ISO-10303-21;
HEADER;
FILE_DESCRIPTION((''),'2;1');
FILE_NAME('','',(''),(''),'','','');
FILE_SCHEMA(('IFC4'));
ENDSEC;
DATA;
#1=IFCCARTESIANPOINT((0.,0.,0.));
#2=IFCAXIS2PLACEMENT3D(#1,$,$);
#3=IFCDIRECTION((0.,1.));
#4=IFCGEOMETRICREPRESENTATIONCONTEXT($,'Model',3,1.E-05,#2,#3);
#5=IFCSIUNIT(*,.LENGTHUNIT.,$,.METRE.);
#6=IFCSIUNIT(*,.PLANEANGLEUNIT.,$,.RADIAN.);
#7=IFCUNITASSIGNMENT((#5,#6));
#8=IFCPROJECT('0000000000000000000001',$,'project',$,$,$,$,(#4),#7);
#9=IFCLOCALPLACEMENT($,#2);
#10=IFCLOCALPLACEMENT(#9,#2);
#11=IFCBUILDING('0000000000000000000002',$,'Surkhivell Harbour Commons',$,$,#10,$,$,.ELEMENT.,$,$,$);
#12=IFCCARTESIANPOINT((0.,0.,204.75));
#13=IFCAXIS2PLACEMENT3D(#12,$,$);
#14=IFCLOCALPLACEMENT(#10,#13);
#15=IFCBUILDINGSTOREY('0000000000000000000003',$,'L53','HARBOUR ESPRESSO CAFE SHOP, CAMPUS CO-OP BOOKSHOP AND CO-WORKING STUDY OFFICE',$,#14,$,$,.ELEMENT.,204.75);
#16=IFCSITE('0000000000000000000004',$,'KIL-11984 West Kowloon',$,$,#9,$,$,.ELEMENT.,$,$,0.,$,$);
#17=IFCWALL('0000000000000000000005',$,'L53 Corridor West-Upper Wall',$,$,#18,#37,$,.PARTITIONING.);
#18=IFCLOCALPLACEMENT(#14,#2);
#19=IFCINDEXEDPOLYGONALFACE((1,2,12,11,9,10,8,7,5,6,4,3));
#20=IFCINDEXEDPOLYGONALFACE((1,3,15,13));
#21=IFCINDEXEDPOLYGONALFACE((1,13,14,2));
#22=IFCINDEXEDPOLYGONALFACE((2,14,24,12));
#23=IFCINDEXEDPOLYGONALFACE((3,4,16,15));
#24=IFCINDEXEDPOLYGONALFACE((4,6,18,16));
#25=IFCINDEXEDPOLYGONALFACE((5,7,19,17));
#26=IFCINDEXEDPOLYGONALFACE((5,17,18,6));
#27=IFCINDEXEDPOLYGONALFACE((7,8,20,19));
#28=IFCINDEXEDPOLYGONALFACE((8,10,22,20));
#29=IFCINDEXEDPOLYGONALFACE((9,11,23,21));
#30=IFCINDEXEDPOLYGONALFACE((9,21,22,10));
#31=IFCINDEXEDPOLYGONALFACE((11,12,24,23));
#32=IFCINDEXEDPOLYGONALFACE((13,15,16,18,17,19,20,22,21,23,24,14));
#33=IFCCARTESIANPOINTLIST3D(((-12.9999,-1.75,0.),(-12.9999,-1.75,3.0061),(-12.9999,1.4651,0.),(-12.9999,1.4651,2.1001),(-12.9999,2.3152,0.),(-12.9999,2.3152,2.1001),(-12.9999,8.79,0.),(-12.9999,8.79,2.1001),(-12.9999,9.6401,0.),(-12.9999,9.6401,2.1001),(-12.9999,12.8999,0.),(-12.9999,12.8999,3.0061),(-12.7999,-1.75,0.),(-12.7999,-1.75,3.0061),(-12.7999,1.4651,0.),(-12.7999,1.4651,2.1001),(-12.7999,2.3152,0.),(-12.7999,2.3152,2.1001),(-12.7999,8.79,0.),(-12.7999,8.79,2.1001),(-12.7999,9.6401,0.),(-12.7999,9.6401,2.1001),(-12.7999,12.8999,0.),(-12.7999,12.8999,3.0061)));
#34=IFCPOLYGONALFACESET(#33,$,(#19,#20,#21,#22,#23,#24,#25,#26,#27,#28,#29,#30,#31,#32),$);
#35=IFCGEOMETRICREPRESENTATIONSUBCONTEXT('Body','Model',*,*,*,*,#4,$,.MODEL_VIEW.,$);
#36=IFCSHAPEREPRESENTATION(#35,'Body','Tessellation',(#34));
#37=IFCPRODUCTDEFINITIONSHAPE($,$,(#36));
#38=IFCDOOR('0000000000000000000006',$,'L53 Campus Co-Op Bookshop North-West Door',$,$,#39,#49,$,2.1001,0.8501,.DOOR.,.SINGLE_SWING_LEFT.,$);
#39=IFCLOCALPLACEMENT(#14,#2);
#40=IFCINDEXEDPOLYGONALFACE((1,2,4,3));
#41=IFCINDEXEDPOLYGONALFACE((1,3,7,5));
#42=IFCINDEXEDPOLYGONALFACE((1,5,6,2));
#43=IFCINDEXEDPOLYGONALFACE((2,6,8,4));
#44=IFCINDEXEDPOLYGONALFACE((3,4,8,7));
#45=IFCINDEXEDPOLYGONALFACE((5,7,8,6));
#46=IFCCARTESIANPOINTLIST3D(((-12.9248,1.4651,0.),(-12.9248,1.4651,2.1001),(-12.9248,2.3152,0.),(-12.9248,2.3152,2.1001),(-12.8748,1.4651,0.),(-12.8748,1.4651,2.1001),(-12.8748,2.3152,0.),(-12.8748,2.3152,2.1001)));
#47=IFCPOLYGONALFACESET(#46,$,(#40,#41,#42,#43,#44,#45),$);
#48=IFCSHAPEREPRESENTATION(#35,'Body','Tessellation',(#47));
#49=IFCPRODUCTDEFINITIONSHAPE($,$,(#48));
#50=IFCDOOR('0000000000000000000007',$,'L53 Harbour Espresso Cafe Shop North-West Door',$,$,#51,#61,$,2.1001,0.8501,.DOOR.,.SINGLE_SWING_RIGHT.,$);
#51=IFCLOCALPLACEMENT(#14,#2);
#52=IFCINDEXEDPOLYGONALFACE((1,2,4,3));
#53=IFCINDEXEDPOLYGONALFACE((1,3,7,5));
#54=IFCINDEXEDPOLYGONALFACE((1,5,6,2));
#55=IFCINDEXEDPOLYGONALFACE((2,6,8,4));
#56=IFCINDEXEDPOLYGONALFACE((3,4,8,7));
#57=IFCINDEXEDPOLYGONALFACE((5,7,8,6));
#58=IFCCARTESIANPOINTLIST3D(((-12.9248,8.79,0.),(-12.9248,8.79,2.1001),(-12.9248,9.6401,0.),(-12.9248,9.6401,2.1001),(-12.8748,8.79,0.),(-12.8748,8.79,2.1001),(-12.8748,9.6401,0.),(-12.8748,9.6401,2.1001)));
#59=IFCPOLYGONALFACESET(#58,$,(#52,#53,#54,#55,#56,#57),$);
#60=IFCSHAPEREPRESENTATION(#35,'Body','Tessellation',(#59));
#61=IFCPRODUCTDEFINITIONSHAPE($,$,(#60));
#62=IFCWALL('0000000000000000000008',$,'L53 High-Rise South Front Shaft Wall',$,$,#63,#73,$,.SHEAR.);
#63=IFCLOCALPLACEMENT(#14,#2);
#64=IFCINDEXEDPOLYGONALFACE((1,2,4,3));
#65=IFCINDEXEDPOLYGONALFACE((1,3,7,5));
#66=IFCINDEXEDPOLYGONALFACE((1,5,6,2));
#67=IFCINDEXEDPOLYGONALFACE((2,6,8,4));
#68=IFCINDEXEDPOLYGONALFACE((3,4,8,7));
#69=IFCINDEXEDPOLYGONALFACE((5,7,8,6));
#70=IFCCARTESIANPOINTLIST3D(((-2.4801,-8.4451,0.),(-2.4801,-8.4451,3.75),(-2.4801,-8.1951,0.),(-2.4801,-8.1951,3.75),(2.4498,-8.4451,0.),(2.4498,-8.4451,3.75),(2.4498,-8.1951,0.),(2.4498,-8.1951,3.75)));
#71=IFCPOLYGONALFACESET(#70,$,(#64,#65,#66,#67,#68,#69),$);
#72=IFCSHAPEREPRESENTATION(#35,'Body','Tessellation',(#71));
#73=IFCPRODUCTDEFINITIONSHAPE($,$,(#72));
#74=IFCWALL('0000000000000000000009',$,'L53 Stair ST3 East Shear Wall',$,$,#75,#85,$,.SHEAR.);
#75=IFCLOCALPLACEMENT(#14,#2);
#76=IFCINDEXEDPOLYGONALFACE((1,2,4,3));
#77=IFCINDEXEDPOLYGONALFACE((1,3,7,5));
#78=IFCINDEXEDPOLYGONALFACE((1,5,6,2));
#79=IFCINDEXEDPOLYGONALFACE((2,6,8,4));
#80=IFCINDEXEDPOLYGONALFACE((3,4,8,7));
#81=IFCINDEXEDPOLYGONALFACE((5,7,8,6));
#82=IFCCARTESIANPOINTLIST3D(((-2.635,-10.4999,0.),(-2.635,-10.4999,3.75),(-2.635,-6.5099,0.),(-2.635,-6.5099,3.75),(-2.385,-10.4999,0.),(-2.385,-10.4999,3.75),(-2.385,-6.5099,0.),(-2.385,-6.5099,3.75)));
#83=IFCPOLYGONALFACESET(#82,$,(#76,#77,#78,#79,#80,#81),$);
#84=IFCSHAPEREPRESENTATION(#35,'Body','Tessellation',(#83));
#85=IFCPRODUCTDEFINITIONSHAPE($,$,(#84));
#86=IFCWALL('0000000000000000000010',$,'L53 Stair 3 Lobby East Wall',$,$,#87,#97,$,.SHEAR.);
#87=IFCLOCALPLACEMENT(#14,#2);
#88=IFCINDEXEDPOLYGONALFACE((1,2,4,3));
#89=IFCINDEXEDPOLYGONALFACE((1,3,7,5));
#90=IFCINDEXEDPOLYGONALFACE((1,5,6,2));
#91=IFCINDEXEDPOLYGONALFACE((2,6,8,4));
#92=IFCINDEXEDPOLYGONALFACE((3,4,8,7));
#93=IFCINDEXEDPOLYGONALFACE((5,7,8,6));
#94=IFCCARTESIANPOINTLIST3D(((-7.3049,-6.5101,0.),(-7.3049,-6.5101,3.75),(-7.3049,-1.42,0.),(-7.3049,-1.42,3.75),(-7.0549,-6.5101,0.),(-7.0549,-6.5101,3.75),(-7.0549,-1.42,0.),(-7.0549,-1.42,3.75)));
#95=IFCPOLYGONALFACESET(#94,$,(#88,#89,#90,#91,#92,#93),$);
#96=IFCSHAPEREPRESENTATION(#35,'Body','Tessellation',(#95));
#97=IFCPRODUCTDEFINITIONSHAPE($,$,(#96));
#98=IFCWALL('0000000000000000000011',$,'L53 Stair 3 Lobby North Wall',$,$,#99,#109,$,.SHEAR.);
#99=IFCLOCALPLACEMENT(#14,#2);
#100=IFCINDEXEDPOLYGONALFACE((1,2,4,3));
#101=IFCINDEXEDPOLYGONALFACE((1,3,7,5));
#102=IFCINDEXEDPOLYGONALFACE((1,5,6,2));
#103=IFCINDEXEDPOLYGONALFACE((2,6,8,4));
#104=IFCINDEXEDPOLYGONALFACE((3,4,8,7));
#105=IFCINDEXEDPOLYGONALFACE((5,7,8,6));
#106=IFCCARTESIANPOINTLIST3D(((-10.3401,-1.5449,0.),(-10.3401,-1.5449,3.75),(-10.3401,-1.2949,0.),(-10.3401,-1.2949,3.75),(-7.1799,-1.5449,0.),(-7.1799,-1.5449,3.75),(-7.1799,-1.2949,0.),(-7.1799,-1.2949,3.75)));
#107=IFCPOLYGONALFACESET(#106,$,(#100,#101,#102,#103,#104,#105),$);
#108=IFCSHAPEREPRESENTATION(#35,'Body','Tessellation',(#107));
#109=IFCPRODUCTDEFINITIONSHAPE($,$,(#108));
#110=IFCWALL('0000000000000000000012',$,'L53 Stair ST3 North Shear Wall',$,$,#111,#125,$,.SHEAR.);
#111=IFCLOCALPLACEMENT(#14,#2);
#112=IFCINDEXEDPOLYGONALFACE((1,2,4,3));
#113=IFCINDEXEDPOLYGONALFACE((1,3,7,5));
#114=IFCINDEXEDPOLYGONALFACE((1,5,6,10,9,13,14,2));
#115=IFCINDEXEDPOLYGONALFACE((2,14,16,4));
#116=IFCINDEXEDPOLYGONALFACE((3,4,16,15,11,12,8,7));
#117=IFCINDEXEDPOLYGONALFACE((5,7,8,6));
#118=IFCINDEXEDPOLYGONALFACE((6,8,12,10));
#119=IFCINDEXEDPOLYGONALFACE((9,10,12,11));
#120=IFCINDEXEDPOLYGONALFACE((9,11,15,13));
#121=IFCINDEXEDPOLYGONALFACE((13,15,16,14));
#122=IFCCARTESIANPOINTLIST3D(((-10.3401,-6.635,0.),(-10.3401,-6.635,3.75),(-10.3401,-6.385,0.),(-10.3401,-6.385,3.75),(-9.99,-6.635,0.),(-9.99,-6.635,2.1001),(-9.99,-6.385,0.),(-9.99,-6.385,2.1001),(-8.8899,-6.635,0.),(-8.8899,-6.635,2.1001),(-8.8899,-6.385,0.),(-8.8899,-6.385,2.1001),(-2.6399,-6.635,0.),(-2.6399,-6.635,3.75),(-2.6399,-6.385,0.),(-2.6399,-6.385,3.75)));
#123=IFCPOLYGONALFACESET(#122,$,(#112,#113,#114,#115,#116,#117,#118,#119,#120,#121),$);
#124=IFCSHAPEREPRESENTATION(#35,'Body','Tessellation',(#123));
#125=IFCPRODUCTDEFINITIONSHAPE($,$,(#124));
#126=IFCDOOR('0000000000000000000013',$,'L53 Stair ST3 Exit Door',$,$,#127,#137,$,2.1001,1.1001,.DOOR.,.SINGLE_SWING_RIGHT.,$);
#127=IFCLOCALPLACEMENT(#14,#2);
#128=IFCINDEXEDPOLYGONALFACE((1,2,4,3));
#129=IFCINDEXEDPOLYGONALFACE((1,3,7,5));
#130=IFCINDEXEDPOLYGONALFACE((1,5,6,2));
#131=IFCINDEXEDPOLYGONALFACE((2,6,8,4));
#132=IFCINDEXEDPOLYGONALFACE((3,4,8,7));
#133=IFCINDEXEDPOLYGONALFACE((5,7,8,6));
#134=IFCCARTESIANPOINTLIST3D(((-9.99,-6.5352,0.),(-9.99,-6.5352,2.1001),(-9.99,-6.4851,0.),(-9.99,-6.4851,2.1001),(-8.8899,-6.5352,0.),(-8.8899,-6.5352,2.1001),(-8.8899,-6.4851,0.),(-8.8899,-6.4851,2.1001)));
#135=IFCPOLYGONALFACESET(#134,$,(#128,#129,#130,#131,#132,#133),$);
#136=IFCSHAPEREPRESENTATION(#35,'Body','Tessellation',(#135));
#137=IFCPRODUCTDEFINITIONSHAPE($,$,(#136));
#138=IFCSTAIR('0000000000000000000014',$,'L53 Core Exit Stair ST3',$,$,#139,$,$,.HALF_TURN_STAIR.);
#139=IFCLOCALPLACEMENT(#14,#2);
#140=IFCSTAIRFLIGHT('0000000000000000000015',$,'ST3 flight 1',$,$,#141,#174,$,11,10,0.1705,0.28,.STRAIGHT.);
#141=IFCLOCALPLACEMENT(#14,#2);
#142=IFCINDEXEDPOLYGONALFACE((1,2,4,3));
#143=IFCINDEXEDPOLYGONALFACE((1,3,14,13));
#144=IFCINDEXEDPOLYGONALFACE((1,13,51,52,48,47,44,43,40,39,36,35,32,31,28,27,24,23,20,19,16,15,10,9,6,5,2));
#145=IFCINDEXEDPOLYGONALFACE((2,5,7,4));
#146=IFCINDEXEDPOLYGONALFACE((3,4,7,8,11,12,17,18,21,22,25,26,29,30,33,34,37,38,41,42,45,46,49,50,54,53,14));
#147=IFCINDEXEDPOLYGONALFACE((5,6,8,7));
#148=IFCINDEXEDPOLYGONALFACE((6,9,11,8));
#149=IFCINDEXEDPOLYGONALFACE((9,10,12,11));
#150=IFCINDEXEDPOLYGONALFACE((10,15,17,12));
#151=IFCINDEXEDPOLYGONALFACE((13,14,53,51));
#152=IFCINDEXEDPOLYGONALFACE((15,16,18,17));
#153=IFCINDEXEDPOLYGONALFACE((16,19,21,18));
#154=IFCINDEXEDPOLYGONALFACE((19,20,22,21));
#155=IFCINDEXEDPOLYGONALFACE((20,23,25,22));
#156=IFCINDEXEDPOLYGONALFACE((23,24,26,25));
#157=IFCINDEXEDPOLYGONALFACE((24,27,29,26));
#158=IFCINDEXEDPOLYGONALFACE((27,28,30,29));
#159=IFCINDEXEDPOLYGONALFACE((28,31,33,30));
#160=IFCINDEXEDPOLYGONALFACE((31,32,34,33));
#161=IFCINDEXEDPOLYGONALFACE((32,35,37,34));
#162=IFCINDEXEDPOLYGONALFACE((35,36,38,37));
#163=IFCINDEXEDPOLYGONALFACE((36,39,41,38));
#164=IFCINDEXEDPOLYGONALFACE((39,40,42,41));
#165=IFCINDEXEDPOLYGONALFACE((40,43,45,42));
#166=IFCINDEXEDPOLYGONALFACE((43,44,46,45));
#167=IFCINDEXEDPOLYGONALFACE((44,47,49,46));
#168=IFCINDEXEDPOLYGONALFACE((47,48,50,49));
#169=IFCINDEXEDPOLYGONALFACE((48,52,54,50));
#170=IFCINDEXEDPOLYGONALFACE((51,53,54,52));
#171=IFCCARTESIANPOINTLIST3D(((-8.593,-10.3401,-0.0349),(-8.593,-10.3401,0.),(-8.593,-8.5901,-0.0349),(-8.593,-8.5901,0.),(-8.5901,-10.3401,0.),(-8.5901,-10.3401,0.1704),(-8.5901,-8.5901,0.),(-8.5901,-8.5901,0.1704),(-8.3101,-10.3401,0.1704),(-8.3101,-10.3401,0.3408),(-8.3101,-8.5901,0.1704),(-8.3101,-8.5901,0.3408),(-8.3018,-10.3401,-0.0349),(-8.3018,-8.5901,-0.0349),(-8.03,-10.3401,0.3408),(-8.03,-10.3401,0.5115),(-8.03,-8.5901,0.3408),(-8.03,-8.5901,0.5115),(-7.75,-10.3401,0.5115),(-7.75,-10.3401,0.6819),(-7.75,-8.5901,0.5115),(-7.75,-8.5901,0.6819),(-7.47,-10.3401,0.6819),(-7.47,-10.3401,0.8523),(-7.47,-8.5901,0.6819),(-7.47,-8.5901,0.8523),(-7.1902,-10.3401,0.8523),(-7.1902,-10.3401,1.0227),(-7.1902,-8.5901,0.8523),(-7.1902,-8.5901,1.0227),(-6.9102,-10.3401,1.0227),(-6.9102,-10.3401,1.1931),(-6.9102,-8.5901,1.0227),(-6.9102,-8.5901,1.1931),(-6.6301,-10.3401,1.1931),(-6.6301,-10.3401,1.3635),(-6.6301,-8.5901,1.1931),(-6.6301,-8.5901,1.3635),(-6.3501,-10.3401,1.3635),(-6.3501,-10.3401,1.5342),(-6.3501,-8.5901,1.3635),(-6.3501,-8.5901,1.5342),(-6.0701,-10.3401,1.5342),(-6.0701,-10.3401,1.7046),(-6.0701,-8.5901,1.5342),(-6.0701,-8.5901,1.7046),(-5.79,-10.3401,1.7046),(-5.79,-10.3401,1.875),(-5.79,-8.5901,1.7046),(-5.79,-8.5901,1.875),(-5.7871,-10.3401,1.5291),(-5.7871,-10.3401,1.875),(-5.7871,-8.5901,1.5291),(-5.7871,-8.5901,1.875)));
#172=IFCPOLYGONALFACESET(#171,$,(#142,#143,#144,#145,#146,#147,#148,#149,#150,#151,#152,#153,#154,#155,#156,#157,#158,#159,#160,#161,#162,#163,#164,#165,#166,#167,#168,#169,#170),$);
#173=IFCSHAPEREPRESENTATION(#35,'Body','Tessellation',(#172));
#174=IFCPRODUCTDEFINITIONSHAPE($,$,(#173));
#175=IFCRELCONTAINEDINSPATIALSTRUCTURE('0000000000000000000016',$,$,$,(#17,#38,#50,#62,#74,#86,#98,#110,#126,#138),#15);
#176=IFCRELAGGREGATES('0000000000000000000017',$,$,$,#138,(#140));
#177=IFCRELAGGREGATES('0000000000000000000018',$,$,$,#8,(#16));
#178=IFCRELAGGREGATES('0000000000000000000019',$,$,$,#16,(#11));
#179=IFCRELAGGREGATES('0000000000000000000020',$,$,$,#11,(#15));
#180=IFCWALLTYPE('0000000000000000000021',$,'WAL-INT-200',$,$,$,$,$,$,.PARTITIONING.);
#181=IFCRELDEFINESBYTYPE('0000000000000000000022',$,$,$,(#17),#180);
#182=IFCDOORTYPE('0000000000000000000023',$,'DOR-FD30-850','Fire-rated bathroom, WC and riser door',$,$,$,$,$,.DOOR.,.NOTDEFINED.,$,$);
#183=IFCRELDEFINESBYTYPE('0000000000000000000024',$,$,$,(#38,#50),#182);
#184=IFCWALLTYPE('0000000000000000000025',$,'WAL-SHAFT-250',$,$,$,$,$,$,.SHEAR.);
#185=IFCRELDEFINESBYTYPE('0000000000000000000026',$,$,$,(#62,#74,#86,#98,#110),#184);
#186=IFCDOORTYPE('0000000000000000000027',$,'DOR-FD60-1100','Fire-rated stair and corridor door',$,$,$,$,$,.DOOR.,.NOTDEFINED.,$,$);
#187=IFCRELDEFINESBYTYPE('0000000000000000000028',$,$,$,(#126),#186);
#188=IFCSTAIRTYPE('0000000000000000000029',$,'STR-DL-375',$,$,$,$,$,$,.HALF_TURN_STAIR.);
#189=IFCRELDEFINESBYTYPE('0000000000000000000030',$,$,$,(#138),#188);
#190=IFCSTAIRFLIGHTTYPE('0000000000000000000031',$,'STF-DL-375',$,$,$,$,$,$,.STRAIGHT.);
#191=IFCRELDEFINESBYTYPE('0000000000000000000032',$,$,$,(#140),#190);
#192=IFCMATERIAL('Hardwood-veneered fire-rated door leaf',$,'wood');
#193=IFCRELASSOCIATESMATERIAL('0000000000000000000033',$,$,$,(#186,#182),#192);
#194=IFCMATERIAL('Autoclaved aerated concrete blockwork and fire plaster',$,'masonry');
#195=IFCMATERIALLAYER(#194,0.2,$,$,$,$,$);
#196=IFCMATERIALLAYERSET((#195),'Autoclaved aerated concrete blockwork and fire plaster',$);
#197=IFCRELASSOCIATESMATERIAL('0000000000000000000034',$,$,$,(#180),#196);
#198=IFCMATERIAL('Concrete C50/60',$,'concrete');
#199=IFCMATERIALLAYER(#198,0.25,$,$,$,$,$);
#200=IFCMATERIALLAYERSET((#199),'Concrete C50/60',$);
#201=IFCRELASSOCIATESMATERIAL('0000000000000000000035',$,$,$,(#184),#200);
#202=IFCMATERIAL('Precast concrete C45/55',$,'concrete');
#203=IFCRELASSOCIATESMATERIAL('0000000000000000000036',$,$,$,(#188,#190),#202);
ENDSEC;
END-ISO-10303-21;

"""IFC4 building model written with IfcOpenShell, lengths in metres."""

from ifc_helpers import new_model, si_unit, direction, frame, frame_2d, origin, place, context, subcontext, project, spatial, polyline, rectangle, outline, extrude, material, layer, layer_set, type_object, element, fill, aggregate, save


model = new_model("IFC4")

# Units and contexts
model_context = context("Model", 3, precision=1e-05, world=origin(), true_north=direction((0.0, 1.0)))
body_context = subcontext(model_context, "Body", "Model", "MODEL_VIEW")
ifc_project = project(units=[si_unit("LENGTHUNIT", "METRE"), si_unit("PLANEANGLEUNIT", "RADIAN")], contexts=[model_context])

# Site, building, storey
site_placement = place(None, origin())
site = spatial("IfcSite", under=ifc_project, at=site_placement, Name="KIL-11984 West Kowloon", CompositionType="ELEMENT", RefElevation=0.0)
building_placement = place(site_placement, origin())
building = spatial("IfcBuilding", under=site, at=building_placement, Name="Surkhivell Harbour Commons", CompositionType="ELEMENT")
storey_placement = place(building_placement, frame((0.0, 0.0, 204.75)))
storey = spatial("IfcBuildingStorey", under=building, at=storey_placement, Name="L53", Description="HARBOUR ESPRESSO CAFE SHOP, CAMPUS CO-OP BOOKSHOP AND CO-WORKING STUDY OFFICE", CompositionType="ELEMENT", Elevation=204.75)

# Shared definitions
ifc_material_1 = material(Name="Hardwood-veneered fire-rated door leaf", Category="wood")
door_type_1 = type_object("IfcDoorType", Name="DOR-FD60-1100", Description="Fire-rated stair and corridor door", OperationType="NOTDEFINED", PredefinedType="DOOR", material=ifc_material_1)

# Shared definitions
door_type_2 = type_object("IfcDoorType", Name="DOR-FD30-850", Description="Fire-rated bathroom, WC and riser door", OperationType="NOTDEFINED", PredefinedType="DOOR", material=ifc_material_1)

# Wall, openings, doors
ifc_material_2 = material(Name="Autoclaved aerated concrete blockwork and fire plaster", Category="masonry")
ifc_layer_1 = layer(ifc_material_2, 0.2)
ifc_layer_set_1 = layer_set([ifc_layer_1], Name="Autoclaved aerated concrete blockwork and fire plaster")
wall_type_1 = type_object("IfcWallType", Name="WAL-INT-200", PredefinedType="PARTITIONING", material=ifc_layer_set_1)
wall_1_placement = place(storey_placement, frame((-12.8999, -1.75, 0.0), z_axis=(0.0, 0.0, 1.0), x_axis=(0.0, 1.0, 0.0)))
wall_1 = element("IfcWall", 1, at=wall_1_placement, inside=storey, type_object=wall_type_1, Name="L53 Corridor West-Upper Wall", PredefinedType="PARTITIONING", context=body_context, shape_type="SweptSolid", body=[
    extrude(rectangle(XDim=14.6499, YDim=0.2, at=frame_2d((7.325, 0.0))), origin(), (0.0, 0.0, 1.0), 3.0061),
])
opening_1_placement = place(wall_1_placement, frame((3.2151, 0.0, 0.0)))
opening_1 = element("IfcOpeningElement", 2, at=opening_1_placement, cuts=wall_1, PredefinedType="OPENING", context=body_context, shape_type="SweptSolid", body=[
    extrude(rectangle(XDim=0.8501, YDim=2.1001, at=frame_2d((0.425, 1.05))), frame((0.0, 0.1099, 0.0), z_axis=(0.0, -1.0, 0.0), x_axis=(1.0, 0.0, 0.0)), (0.0, 0.0, 1.0), 0.22),
])
opening_2_placement = place(wall_1_placement, frame((10.54, 0.0, 0.0)))
opening_2 = element("IfcOpeningElement", 3, at=opening_2_placement, cuts=wall_1, PredefinedType="OPENING", context=body_context, shape_type="SweptSolid", body=[
    extrude(rectangle(XDim=0.8501, YDim=2.1001, at=frame_2d((0.425, 1.05))), frame((0.0, 0.1099, 0.0), z_axis=(0.0, -1.0, 0.0), x_axis=(1.0, 0.0, 0.0)), (0.0, 0.0, 1.0), 0.22),
])
door_1_placement = place(opening_1_placement, origin())
door_1 = element("IfcDoor", 4, at=door_1_placement, inside=storey, type_object=door_type_2, Name="L53 Campus Co-Op Bookshop North-West Door", OperationType="SINGLE_SWING_LEFT", OverallHeight=2.1001, OverallWidth=0.8501, PredefinedType="DOOR", context=body_context, shape_type="SweptSolid", body=[
    extrude(rectangle(XDim=0.8501, YDim=2.1001, at=frame_2d((0.425, 1.05))), frame((0.0, 0.0249, 0.0), z_axis=(0.0, -1.0, 0.0), x_axis=(1.0, 0.0, 0.0)), (0.0, 0.0, 1.0), 0.05),
])
fill(opening_1, door_1)
door_2_placement = place(opening_2_placement, origin())
door_2 = element("IfcDoor", 5, at=door_2_placement, inside=storey, type_object=door_type_2, Name="L53 Harbour Espresso Cafe Shop North-West Door", OperationType="SINGLE_SWING_RIGHT", OverallHeight=2.1001, OverallWidth=0.8501, PredefinedType="DOOR", context=body_context, shape_type="SweptSolid", body=[
    extrude(rectangle(XDim=0.8501, YDim=2.1001, at=frame_2d((0.425, 1.05))), frame((0.0, 0.0249, 0.0), z_axis=(0.0, -1.0, 0.0), x_axis=(1.0, 0.0, 0.0)), (0.0, 0.0, 1.0), 0.05),
])
fill(opening_2, door_2)

# Walls
ifc_material_3 = material(Name="Concrete C50/60", Category="concrete")
ifc_layer_2 = layer(ifc_material_3, 0.25)
ifc_layer_set_2 = layer_set([ifc_layer_2], Name="Concrete C50/60")
wall_type_2 = type_object("IfcWallType", Name="WAL-SHAFT-250", PredefinedType="SHEAR", material=ifc_layer_set_2)
wall_2_placement = place(storey_placement, frame((-2.48, -8.3201, 0.0), z_axis=(0.0, 0.0, 1.0), x_axis=(1.0, 0.0, 0.0)))
element("IfcWall", 6, at=wall_2_placement, inside=storey, type_object=wall_type_2, Name="L53 High-Rise South Front Shaft Wall", PredefinedType="SHEAR", context=body_context, shape_type="SweptSolid", body=[
    extrude(rectangle(XDim=4.9299, YDim=0.25, at=frame_2d((2.4648, 0.0))), origin(), (0.0, 0.0, 1.0), 3.75),
])
wall_3_placement = place(storey_placement, frame((-2.51, -10.5, 0.0), z_axis=(0.0, 0.0, 1.0), x_axis=(0.0, 1.0, 0.0)))
element("IfcWall", 7, at=wall_3_placement, inside=storey, type_object=wall_type_2, Name="L53 Stair ST3 East Shear Wall", PredefinedType="SHEAR", context=body_context, shape_type="SweptSolid", body=[
    extrude(rectangle(XDim=3.99, YDim=0.25, at=frame_2d((1.9951, 0.0))), origin(), (0.0, 0.0, 1.0), 3.75),
])
wall_4_placement = place(storey_placement, frame((-7.1799, -6.51, 0.0), z_axis=(0.0, 0.0, 1.0), x_axis=(0.0, 1.0, 0.0)))
element("IfcWall", 8, at=wall_4_placement, inside=storey, type_object=wall_type_2, Name="L53 Stair 3 Lobby East Wall", PredefinedType="SHEAR", context=body_context, shape_type="SweptSolid", body=[
    extrude(rectangle(XDim=5.0901, YDim=0.25, at=frame_2d((2.5449, 0.0))), origin(), (0.0, 0.0, 1.0), 3.75),
])
wall_5_placement = place(storey_placement, frame((-10.3401, -1.4199, 0.0), z_axis=(0.0, 0.0, 1.0), x_axis=(1.0, 0.0, 0.0)))
element("IfcWall", 9, at=wall_5_placement, inside=storey, type_object=wall_type_2, Name="L53 Stair 3 Lobby North Wall", PredefinedType="SHEAR", context=body_context, shape_type="SweptSolid", body=[
    extrude(rectangle(XDim=3.1602, YDim=0.25, at=frame_2d((1.5801, 0.0))), origin(), (0.0, 0.0, 1.0), 3.75),
])

# Wall, opening, door
wall_6_placement = place(storey_placement, frame((-10.3401, -6.51, 0.0), z_axis=(0.0, 0.0, 1.0), x_axis=(1.0, 0.0, 0.0)))
wall_6 = element("IfcWall", 10, at=wall_6_placement, inside=storey, type_object=wall_type_2, Name="L53 Stair ST3 North Shear Wall", PredefinedType="SHEAR", context=body_context, shape_type="SweptSolid", body=[
    extrude(rectangle(XDim=7.7002, YDim=0.25, at=frame_2d((3.8501, 0.0))), origin(), (0.0, 0.0, 1.0), 3.75),
])
opening_3_placement = place(wall_6_placement, frame((0.3501, 0.0, 0.0)))
opening_3 = element("IfcOpeningElement", 11, at=opening_3_placement, cuts=wall_6, PredefinedType="OPENING", context=body_context, shape_type="SweptSolid", body=[
    extrude(rectangle(XDim=1.1001, YDim=2.1001, at=frame_2d((0.55, 1.05))), frame((0.0, 0.135, 0.0), z_axis=(0.0, -1.0, 0.0), x_axis=(1.0, 0.0, 0.0)), (0.0, 0.0, 1.0), 0.27),
])
door_3_placement = place(opening_3_placement, origin())
door_3 = element("IfcDoor", 12, at=door_3_placement, inside=storey, type_object=door_type_1, Name="L53 Stair ST3 Exit Door", OperationType="SINGLE_SWING_RIGHT", OverallHeight=2.1001, OverallWidth=1.1001, PredefinedType="DOOR", context=body_context, shape_type="SweptSolid", body=[
    extrude(rectangle(XDim=1.1001, YDim=2.1001, at=frame_2d((0.55, 1.05))), frame((0.0, 0.0249, 0.0), z_axis=(0.0, -1.0, 0.0), x_axis=(1.0, 0.0, 0.0)), (0.0, 0.0, 1.0), 0.05),
])
fill(opening_3, door_3)

# Stair, stair flight
ifc_material_4 = material(Name="Precast concrete C45/55", Category="concrete")
stair_type = type_object("IfcStairType", Name="STR-DL-375", PredefinedType="HALF_TURN_STAIR", material=ifc_material_4)
stair_placement = place(storey_placement, origin())
stair = element("IfcStair", 13, at=stair_placement, inside=storey, type_object=stair_type, Name="L53 Core Exit Stair ST3", PredefinedType="HALF_TURN_STAIR")
stair_flight_type = type_object("IfcStairFlightType", Name="STF-DL-375", PredefinedType="STRAIGHT", material=ifc_material_4)
stair_flight_1_placement = place(storey_placement, frame((-8.5901, -9.4651, 0.0), z_axis=(0.0, 0.0, 1.0), x_axis=(1.0, 0.0, 0.0)))
stair_flight_1 = element("IfcStairFlight", 14, at=stair_flight_1_placement, type_object=stair_flight_type, Name="ST3 flight 1", NumberOfRisers=11, NumberOfTreads=10, PredefinedType="STRAIGHT", RiserHeight=0.1705, TreadLength=0.28, context=body_context, shape_type="SweptSolid", body=[
    extrude(outline(polyline([(-0.0029, -0.0349), (-0.0029, 0.0), (0.0, 0.0), (0.0, 0.1704), (0.28, 0.1704), (0.28, 0.3408), (0.5601, 0.3408), (0.5601, 0.5115), (0.8401, 0.5115), (0.8401, 0.6819), (1.1201, 0.6819), (1.1201, 0.8523), (1.3999, 0.8523), (1.3999, 1.0227), (1.6799, 1.0227), (1.6799, 1.1931), (1.96, 1.1931), (1.96, 1.3635), (2.24, 1.3635), (2.24, 1.5342), (2.52, 1.5342), (2.52, 1.7046), (2.8, 1.7046), (2.8, 1.875), (2.803, 1.875), (2.803, 1.5291), (0.2883, -0.0349), (-0.0029, -0.0349)])), frame((0.0, 0.875, 0.0), z_axis=(0.0, -1.0, 0.0), x_axis=(1.0, 0.0, 0.0)), (0.0, 0.0, 1.0), 1.75),
])
aggregate(stair, [stair_flight_1])

save(model, "model.ifc")
